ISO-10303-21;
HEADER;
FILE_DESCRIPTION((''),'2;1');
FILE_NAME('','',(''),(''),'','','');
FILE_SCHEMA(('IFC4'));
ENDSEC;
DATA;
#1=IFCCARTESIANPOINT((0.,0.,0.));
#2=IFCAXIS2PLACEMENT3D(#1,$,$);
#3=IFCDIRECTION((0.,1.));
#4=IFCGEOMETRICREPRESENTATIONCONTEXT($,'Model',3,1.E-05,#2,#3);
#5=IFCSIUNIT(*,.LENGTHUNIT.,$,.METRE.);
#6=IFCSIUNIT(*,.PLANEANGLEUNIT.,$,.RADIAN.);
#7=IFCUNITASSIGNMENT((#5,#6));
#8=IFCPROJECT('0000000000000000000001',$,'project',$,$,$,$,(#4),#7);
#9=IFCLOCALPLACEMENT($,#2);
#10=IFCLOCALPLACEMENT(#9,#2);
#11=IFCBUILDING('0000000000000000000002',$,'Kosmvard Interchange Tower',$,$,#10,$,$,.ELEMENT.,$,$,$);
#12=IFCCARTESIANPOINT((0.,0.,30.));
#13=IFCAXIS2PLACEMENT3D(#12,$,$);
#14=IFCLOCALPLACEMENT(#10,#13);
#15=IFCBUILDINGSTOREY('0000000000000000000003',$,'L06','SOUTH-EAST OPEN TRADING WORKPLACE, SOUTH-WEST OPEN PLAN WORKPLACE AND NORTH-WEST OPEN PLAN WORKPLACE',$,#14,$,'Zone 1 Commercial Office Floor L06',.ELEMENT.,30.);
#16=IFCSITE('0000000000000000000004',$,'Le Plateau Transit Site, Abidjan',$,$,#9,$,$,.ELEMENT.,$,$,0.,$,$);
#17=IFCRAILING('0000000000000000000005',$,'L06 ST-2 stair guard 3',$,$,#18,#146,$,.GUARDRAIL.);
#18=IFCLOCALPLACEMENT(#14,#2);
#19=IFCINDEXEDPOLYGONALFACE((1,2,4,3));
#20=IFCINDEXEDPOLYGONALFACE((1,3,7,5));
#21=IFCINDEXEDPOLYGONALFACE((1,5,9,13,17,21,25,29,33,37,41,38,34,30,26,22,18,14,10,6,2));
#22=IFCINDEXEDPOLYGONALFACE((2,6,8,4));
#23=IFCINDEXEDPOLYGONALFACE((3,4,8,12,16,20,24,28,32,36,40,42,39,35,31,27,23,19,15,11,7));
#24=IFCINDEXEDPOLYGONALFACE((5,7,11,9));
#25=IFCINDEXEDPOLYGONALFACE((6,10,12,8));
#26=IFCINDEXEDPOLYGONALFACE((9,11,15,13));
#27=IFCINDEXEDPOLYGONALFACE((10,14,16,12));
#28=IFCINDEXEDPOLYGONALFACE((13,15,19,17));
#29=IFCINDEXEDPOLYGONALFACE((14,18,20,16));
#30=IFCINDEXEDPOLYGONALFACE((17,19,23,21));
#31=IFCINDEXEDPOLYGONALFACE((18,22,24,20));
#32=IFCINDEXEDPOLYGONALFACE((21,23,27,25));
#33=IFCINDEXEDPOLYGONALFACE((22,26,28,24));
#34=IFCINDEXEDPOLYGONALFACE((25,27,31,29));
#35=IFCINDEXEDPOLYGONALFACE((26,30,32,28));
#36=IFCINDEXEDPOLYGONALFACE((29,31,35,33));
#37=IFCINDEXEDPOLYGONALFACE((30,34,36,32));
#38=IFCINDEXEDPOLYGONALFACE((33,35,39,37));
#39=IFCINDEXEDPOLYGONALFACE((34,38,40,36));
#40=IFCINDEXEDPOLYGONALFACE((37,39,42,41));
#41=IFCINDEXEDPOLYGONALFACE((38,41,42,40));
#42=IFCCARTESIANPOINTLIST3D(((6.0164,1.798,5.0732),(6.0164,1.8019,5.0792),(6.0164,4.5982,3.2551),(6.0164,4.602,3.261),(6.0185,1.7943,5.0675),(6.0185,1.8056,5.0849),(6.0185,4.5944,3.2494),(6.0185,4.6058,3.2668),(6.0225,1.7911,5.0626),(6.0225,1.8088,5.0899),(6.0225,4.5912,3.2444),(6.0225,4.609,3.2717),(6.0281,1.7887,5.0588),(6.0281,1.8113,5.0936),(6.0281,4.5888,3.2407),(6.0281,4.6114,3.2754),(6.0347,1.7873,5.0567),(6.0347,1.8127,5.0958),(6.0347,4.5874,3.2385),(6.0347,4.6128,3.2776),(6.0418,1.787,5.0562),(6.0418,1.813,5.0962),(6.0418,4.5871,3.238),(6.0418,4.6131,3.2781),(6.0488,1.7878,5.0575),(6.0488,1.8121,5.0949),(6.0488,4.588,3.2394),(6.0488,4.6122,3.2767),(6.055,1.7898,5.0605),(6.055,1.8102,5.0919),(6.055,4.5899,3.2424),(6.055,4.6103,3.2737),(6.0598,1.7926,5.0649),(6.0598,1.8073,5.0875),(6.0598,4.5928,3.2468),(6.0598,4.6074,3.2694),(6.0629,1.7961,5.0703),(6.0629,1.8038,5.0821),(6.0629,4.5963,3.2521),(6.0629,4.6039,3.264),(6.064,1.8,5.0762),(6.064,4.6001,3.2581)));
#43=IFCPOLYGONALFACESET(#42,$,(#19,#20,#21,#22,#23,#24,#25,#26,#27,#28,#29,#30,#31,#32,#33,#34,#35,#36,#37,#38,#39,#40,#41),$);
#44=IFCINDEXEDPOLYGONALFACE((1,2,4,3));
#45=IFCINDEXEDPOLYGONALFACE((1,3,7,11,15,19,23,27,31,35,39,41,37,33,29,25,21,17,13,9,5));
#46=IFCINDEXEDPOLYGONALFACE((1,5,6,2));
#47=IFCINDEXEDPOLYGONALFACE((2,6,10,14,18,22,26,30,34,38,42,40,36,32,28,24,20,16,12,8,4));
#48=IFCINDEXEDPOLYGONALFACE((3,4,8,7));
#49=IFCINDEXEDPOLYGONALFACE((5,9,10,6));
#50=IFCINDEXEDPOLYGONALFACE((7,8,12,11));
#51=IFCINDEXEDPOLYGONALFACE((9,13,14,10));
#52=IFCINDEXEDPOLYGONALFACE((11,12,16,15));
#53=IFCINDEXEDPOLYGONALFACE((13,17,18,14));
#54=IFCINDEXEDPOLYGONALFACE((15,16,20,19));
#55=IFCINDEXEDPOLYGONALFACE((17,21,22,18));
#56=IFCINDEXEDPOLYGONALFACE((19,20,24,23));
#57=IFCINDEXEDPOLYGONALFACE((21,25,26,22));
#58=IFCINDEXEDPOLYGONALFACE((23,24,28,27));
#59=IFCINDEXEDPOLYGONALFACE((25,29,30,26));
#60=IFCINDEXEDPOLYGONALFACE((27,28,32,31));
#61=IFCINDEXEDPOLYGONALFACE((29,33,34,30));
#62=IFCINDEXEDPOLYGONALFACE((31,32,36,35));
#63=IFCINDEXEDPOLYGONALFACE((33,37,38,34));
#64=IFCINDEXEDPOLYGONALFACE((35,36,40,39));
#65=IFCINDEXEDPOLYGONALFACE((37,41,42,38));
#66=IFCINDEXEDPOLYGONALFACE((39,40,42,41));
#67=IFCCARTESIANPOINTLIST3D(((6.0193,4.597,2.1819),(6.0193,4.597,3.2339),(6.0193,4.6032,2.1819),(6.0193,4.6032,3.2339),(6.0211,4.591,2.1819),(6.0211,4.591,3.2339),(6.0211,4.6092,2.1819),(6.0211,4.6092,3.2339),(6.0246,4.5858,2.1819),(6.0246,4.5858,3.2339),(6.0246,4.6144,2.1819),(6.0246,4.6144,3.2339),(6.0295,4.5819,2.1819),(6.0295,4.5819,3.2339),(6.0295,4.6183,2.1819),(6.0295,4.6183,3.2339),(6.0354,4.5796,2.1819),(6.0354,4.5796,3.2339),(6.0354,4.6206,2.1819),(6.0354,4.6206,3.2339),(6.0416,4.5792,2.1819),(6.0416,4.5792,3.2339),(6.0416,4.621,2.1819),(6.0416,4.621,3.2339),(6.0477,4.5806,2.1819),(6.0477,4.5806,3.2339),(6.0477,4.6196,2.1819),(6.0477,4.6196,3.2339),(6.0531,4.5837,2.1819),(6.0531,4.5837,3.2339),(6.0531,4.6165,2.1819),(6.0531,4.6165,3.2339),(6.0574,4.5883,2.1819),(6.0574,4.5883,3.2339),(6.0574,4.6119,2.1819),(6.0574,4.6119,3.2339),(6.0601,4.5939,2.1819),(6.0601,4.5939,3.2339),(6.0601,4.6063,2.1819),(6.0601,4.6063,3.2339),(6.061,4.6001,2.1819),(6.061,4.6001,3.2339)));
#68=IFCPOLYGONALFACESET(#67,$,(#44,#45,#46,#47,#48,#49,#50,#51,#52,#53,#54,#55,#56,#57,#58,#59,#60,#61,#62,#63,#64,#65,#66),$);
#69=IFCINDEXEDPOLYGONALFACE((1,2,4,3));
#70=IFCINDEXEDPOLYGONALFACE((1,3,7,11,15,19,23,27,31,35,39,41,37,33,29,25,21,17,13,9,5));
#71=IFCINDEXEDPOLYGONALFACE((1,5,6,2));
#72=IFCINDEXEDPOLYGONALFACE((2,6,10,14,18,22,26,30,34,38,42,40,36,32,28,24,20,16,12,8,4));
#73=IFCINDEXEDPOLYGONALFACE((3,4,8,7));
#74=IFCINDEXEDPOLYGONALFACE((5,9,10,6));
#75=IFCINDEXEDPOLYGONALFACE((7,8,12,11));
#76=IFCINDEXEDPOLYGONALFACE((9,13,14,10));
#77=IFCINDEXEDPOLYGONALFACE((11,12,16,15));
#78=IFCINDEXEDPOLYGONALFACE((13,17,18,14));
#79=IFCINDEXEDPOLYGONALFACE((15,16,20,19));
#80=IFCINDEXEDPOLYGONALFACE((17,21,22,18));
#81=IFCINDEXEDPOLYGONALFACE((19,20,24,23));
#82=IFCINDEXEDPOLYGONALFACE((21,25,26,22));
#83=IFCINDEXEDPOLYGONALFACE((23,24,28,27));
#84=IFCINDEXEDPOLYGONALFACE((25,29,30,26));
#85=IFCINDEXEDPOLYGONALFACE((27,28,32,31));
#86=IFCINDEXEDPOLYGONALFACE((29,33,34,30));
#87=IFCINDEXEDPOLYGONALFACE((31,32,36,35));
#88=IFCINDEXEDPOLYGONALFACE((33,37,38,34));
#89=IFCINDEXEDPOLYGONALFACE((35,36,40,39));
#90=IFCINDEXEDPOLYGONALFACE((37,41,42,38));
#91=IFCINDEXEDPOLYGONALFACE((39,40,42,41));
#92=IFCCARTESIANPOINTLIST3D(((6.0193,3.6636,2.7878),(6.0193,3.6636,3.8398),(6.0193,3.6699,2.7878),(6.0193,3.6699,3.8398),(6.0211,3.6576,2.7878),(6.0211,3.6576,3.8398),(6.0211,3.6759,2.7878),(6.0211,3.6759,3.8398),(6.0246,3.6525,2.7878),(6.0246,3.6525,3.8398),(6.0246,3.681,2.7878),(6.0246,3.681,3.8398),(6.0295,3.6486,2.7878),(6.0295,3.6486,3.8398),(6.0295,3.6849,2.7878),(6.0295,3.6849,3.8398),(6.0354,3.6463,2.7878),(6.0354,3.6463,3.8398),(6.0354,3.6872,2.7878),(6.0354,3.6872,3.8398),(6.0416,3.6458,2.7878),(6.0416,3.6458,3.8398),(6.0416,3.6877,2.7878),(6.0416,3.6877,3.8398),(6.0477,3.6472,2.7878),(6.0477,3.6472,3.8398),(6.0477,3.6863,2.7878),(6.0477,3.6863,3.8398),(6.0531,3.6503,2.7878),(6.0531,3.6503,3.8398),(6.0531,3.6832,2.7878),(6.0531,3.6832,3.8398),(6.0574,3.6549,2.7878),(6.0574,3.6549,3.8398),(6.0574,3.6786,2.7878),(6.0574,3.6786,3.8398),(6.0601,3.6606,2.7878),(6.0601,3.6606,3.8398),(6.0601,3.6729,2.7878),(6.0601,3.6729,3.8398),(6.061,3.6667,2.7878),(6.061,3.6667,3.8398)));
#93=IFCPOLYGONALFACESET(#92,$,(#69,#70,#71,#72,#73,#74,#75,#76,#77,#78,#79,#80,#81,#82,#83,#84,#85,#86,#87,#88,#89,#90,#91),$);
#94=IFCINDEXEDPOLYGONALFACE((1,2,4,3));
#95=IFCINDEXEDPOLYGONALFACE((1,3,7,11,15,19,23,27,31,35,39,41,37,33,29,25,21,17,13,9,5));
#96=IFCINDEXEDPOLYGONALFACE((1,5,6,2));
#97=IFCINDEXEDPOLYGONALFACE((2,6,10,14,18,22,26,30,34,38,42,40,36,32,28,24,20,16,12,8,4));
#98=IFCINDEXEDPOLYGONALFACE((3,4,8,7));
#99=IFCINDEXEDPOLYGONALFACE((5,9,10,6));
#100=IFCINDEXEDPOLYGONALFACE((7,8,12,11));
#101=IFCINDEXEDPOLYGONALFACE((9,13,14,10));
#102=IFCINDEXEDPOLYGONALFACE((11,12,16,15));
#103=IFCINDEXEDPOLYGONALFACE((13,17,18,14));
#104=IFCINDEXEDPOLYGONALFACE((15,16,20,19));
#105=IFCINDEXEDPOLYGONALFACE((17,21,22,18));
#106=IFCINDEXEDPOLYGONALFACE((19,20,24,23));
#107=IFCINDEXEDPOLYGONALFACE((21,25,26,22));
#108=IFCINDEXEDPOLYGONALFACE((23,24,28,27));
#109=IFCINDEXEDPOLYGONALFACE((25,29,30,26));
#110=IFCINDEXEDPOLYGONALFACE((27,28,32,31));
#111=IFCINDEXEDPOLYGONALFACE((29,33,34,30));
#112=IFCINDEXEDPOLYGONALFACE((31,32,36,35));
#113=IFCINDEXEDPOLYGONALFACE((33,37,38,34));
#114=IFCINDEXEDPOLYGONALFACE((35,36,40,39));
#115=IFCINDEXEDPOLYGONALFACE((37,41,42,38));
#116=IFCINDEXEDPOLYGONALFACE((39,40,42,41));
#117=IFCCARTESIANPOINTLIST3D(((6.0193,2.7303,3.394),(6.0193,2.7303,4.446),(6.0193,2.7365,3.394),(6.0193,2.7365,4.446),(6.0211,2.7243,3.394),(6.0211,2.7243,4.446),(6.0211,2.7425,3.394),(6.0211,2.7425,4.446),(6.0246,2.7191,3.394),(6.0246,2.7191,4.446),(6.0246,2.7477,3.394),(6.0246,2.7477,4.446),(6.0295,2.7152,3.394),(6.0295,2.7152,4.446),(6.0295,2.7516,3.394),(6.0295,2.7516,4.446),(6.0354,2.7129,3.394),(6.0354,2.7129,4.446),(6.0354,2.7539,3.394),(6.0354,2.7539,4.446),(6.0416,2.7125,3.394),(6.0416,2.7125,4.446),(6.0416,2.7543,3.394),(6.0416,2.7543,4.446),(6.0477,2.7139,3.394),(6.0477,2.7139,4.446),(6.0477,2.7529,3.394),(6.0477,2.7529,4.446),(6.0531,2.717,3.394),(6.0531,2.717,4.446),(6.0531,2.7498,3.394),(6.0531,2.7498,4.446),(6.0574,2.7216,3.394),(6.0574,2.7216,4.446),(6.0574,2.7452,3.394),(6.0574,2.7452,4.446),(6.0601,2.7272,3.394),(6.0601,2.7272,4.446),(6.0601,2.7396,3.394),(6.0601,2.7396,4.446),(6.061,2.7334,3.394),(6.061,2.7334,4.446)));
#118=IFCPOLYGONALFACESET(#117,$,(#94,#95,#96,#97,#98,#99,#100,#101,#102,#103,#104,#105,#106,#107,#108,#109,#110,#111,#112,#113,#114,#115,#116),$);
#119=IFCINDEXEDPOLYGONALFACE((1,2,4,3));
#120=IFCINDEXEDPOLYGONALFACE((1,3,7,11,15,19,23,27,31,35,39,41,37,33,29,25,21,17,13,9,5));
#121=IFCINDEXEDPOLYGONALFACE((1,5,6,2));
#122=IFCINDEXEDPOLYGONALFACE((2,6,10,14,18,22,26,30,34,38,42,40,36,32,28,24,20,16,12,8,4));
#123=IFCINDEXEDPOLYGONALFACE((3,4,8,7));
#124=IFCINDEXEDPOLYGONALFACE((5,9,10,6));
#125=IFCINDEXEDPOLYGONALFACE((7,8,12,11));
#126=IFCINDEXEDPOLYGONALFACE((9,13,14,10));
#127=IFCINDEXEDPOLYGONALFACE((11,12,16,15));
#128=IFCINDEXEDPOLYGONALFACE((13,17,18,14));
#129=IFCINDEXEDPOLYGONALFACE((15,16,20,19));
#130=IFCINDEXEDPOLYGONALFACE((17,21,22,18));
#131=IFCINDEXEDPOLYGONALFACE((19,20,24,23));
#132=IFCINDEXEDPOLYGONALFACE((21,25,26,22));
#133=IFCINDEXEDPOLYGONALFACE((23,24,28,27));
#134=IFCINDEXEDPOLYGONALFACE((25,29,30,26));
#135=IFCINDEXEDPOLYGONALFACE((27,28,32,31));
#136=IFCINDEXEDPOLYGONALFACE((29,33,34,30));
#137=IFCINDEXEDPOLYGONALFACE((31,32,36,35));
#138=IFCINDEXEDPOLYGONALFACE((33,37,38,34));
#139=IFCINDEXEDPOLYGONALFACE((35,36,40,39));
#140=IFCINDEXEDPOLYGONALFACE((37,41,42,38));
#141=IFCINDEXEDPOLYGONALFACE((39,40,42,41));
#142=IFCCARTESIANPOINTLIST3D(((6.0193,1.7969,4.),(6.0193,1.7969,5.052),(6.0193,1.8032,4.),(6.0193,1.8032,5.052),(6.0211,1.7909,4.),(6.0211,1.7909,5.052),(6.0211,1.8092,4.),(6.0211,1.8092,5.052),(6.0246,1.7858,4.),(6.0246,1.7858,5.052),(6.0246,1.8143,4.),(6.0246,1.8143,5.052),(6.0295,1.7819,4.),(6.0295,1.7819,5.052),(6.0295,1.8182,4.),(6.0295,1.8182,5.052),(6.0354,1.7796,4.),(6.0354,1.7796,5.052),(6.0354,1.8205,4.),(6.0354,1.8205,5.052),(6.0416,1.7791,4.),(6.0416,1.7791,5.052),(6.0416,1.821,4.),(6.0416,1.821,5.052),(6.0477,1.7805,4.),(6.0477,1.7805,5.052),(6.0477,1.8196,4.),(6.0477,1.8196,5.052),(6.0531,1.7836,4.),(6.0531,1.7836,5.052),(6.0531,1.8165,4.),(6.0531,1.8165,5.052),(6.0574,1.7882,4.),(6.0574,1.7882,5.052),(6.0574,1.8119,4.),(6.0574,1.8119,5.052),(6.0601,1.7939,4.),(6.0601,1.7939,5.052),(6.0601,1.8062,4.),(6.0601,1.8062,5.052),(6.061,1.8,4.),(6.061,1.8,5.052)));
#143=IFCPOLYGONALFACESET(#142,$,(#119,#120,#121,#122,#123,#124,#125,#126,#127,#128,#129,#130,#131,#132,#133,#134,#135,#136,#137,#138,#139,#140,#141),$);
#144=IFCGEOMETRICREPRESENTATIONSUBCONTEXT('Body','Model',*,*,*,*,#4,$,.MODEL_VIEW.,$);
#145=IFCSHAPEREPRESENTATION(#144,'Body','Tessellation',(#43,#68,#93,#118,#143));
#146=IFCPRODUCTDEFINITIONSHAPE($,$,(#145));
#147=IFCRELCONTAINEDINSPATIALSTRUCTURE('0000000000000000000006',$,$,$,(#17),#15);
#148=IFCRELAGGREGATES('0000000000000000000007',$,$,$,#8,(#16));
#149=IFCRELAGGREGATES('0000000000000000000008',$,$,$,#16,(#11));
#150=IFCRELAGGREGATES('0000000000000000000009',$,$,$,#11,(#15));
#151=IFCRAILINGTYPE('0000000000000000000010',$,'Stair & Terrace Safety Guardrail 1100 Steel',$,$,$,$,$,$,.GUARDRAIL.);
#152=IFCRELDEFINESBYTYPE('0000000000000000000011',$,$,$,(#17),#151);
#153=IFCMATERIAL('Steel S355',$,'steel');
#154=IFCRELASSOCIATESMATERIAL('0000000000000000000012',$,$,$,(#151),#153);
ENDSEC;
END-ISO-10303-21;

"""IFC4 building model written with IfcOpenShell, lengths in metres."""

from ifc_helpers import new_model, si_unit, direction, frame, origin, origin_2d, place, context, subcontext, project, spatial, circle, extrude, source, transform, mapped, material, type_object, element, save


model = new_model("IFC4")

# Units and contexts
model_context = context("Model", 3, precision=1e-05, world=origin(), true_north=direction((0.0, 1.0)))
body_context = subcontext(model_context, "Body", "Model", "MODEL_VIEW")
ifc_project = project(units=[si_unit("LENGTHUNIT", "METRE"), si_unit("PLANEANGLEUNIT", "RADIAN")], contexts=[model_context])

# Site, building, storey
site_placement = place(None, origin())
site = spatial("IfcSite", under=ifc_project, at=site_placement, Name="Le Plateau Transit Site, Abidjan", CompositionType="ELEMENT", RefElevation=0.0)
building_placement = place(site_placement, origin())
building = spatial("IfcBuilding", under=site, at=building_placement, Name="Kosmvard Interchange Tower", CompositionType="ELEMENT")
storey_placement = place(building_placement, frame((0.0, 0.0, 30.0)))
storey = spatial("IfcBuildingStorey", under=building, at=storey_placement, Name="L06", Description="SOUTH-EAST OPEN TRADING WORKPLACE, SOUTH-WEST OPEN PLAN WORKPLACE AND NORTH-WEST OPEN PLAN WORKPLACE", LongName="Zone 1 Commercial Office Floor L06", CompositionType="ELEMENT", Elevation=30.0)

# Shared definitions
ifc_material_1 = material(Name="Steel S355", Category="steel")

# Railing
railing_type_1 = type_object("IfcRailingType", Name="Stair & Terrace Safety Guardrail 1100 Steel", PredefinedType="GUARDRAIL", material=ifc_material_1)
shared_shape_1 = source(origin(), body_context, "Body", "SweptSolid", [
    extrude(circle(Radius=0.0239, at=origin_2d()), frame((0.0, 0.0, 1.0762), z_axis=(0.0, -0.838706, 0.544585), x_axis=(1.0, 0.0, 0.0)), (0.0, 0.0, 1.0), 3.3386),
    extrude(circle(Radius=0.021, at=origin_2d()), origin(), (0.0, 0.0, 1.0), 1.052),
    extrude(circle(Radius=0.021, at=origin_2d()), frame((0.0, -0.9333, 0.606)), (0.0, 0.0, 1.0), 1.052),
    extrude(circle(Radius=0.021, at=origin_2d()), frame((0.0, -1.8667, 1.2122)), (0.0, 0.0, 1.0), 1.052),
    extrude(circle(Radius=0.021, at=origin_2d()), frame((0.0, -2.8, 1.8181)), (0.0, 0.0, 1.0), 1.052),
])
railing_1_placement = place(storey_placement, frame((6.04, 4.6001, 2.1819)))
element("IfcRailing", 1, at=railing_1_placement, inside=storey, type_object=railing_type_1, Name="L06 ST-2 stair guard 3", PredefinedType="GUARDRAIL", context=body_context, shape_type="MappedRepresentation", body=[
    mapped(shared_shape_1, transform((0.0, 0.0, 0.0), scale=1.0)),
])

save(model, "model.ifc")
